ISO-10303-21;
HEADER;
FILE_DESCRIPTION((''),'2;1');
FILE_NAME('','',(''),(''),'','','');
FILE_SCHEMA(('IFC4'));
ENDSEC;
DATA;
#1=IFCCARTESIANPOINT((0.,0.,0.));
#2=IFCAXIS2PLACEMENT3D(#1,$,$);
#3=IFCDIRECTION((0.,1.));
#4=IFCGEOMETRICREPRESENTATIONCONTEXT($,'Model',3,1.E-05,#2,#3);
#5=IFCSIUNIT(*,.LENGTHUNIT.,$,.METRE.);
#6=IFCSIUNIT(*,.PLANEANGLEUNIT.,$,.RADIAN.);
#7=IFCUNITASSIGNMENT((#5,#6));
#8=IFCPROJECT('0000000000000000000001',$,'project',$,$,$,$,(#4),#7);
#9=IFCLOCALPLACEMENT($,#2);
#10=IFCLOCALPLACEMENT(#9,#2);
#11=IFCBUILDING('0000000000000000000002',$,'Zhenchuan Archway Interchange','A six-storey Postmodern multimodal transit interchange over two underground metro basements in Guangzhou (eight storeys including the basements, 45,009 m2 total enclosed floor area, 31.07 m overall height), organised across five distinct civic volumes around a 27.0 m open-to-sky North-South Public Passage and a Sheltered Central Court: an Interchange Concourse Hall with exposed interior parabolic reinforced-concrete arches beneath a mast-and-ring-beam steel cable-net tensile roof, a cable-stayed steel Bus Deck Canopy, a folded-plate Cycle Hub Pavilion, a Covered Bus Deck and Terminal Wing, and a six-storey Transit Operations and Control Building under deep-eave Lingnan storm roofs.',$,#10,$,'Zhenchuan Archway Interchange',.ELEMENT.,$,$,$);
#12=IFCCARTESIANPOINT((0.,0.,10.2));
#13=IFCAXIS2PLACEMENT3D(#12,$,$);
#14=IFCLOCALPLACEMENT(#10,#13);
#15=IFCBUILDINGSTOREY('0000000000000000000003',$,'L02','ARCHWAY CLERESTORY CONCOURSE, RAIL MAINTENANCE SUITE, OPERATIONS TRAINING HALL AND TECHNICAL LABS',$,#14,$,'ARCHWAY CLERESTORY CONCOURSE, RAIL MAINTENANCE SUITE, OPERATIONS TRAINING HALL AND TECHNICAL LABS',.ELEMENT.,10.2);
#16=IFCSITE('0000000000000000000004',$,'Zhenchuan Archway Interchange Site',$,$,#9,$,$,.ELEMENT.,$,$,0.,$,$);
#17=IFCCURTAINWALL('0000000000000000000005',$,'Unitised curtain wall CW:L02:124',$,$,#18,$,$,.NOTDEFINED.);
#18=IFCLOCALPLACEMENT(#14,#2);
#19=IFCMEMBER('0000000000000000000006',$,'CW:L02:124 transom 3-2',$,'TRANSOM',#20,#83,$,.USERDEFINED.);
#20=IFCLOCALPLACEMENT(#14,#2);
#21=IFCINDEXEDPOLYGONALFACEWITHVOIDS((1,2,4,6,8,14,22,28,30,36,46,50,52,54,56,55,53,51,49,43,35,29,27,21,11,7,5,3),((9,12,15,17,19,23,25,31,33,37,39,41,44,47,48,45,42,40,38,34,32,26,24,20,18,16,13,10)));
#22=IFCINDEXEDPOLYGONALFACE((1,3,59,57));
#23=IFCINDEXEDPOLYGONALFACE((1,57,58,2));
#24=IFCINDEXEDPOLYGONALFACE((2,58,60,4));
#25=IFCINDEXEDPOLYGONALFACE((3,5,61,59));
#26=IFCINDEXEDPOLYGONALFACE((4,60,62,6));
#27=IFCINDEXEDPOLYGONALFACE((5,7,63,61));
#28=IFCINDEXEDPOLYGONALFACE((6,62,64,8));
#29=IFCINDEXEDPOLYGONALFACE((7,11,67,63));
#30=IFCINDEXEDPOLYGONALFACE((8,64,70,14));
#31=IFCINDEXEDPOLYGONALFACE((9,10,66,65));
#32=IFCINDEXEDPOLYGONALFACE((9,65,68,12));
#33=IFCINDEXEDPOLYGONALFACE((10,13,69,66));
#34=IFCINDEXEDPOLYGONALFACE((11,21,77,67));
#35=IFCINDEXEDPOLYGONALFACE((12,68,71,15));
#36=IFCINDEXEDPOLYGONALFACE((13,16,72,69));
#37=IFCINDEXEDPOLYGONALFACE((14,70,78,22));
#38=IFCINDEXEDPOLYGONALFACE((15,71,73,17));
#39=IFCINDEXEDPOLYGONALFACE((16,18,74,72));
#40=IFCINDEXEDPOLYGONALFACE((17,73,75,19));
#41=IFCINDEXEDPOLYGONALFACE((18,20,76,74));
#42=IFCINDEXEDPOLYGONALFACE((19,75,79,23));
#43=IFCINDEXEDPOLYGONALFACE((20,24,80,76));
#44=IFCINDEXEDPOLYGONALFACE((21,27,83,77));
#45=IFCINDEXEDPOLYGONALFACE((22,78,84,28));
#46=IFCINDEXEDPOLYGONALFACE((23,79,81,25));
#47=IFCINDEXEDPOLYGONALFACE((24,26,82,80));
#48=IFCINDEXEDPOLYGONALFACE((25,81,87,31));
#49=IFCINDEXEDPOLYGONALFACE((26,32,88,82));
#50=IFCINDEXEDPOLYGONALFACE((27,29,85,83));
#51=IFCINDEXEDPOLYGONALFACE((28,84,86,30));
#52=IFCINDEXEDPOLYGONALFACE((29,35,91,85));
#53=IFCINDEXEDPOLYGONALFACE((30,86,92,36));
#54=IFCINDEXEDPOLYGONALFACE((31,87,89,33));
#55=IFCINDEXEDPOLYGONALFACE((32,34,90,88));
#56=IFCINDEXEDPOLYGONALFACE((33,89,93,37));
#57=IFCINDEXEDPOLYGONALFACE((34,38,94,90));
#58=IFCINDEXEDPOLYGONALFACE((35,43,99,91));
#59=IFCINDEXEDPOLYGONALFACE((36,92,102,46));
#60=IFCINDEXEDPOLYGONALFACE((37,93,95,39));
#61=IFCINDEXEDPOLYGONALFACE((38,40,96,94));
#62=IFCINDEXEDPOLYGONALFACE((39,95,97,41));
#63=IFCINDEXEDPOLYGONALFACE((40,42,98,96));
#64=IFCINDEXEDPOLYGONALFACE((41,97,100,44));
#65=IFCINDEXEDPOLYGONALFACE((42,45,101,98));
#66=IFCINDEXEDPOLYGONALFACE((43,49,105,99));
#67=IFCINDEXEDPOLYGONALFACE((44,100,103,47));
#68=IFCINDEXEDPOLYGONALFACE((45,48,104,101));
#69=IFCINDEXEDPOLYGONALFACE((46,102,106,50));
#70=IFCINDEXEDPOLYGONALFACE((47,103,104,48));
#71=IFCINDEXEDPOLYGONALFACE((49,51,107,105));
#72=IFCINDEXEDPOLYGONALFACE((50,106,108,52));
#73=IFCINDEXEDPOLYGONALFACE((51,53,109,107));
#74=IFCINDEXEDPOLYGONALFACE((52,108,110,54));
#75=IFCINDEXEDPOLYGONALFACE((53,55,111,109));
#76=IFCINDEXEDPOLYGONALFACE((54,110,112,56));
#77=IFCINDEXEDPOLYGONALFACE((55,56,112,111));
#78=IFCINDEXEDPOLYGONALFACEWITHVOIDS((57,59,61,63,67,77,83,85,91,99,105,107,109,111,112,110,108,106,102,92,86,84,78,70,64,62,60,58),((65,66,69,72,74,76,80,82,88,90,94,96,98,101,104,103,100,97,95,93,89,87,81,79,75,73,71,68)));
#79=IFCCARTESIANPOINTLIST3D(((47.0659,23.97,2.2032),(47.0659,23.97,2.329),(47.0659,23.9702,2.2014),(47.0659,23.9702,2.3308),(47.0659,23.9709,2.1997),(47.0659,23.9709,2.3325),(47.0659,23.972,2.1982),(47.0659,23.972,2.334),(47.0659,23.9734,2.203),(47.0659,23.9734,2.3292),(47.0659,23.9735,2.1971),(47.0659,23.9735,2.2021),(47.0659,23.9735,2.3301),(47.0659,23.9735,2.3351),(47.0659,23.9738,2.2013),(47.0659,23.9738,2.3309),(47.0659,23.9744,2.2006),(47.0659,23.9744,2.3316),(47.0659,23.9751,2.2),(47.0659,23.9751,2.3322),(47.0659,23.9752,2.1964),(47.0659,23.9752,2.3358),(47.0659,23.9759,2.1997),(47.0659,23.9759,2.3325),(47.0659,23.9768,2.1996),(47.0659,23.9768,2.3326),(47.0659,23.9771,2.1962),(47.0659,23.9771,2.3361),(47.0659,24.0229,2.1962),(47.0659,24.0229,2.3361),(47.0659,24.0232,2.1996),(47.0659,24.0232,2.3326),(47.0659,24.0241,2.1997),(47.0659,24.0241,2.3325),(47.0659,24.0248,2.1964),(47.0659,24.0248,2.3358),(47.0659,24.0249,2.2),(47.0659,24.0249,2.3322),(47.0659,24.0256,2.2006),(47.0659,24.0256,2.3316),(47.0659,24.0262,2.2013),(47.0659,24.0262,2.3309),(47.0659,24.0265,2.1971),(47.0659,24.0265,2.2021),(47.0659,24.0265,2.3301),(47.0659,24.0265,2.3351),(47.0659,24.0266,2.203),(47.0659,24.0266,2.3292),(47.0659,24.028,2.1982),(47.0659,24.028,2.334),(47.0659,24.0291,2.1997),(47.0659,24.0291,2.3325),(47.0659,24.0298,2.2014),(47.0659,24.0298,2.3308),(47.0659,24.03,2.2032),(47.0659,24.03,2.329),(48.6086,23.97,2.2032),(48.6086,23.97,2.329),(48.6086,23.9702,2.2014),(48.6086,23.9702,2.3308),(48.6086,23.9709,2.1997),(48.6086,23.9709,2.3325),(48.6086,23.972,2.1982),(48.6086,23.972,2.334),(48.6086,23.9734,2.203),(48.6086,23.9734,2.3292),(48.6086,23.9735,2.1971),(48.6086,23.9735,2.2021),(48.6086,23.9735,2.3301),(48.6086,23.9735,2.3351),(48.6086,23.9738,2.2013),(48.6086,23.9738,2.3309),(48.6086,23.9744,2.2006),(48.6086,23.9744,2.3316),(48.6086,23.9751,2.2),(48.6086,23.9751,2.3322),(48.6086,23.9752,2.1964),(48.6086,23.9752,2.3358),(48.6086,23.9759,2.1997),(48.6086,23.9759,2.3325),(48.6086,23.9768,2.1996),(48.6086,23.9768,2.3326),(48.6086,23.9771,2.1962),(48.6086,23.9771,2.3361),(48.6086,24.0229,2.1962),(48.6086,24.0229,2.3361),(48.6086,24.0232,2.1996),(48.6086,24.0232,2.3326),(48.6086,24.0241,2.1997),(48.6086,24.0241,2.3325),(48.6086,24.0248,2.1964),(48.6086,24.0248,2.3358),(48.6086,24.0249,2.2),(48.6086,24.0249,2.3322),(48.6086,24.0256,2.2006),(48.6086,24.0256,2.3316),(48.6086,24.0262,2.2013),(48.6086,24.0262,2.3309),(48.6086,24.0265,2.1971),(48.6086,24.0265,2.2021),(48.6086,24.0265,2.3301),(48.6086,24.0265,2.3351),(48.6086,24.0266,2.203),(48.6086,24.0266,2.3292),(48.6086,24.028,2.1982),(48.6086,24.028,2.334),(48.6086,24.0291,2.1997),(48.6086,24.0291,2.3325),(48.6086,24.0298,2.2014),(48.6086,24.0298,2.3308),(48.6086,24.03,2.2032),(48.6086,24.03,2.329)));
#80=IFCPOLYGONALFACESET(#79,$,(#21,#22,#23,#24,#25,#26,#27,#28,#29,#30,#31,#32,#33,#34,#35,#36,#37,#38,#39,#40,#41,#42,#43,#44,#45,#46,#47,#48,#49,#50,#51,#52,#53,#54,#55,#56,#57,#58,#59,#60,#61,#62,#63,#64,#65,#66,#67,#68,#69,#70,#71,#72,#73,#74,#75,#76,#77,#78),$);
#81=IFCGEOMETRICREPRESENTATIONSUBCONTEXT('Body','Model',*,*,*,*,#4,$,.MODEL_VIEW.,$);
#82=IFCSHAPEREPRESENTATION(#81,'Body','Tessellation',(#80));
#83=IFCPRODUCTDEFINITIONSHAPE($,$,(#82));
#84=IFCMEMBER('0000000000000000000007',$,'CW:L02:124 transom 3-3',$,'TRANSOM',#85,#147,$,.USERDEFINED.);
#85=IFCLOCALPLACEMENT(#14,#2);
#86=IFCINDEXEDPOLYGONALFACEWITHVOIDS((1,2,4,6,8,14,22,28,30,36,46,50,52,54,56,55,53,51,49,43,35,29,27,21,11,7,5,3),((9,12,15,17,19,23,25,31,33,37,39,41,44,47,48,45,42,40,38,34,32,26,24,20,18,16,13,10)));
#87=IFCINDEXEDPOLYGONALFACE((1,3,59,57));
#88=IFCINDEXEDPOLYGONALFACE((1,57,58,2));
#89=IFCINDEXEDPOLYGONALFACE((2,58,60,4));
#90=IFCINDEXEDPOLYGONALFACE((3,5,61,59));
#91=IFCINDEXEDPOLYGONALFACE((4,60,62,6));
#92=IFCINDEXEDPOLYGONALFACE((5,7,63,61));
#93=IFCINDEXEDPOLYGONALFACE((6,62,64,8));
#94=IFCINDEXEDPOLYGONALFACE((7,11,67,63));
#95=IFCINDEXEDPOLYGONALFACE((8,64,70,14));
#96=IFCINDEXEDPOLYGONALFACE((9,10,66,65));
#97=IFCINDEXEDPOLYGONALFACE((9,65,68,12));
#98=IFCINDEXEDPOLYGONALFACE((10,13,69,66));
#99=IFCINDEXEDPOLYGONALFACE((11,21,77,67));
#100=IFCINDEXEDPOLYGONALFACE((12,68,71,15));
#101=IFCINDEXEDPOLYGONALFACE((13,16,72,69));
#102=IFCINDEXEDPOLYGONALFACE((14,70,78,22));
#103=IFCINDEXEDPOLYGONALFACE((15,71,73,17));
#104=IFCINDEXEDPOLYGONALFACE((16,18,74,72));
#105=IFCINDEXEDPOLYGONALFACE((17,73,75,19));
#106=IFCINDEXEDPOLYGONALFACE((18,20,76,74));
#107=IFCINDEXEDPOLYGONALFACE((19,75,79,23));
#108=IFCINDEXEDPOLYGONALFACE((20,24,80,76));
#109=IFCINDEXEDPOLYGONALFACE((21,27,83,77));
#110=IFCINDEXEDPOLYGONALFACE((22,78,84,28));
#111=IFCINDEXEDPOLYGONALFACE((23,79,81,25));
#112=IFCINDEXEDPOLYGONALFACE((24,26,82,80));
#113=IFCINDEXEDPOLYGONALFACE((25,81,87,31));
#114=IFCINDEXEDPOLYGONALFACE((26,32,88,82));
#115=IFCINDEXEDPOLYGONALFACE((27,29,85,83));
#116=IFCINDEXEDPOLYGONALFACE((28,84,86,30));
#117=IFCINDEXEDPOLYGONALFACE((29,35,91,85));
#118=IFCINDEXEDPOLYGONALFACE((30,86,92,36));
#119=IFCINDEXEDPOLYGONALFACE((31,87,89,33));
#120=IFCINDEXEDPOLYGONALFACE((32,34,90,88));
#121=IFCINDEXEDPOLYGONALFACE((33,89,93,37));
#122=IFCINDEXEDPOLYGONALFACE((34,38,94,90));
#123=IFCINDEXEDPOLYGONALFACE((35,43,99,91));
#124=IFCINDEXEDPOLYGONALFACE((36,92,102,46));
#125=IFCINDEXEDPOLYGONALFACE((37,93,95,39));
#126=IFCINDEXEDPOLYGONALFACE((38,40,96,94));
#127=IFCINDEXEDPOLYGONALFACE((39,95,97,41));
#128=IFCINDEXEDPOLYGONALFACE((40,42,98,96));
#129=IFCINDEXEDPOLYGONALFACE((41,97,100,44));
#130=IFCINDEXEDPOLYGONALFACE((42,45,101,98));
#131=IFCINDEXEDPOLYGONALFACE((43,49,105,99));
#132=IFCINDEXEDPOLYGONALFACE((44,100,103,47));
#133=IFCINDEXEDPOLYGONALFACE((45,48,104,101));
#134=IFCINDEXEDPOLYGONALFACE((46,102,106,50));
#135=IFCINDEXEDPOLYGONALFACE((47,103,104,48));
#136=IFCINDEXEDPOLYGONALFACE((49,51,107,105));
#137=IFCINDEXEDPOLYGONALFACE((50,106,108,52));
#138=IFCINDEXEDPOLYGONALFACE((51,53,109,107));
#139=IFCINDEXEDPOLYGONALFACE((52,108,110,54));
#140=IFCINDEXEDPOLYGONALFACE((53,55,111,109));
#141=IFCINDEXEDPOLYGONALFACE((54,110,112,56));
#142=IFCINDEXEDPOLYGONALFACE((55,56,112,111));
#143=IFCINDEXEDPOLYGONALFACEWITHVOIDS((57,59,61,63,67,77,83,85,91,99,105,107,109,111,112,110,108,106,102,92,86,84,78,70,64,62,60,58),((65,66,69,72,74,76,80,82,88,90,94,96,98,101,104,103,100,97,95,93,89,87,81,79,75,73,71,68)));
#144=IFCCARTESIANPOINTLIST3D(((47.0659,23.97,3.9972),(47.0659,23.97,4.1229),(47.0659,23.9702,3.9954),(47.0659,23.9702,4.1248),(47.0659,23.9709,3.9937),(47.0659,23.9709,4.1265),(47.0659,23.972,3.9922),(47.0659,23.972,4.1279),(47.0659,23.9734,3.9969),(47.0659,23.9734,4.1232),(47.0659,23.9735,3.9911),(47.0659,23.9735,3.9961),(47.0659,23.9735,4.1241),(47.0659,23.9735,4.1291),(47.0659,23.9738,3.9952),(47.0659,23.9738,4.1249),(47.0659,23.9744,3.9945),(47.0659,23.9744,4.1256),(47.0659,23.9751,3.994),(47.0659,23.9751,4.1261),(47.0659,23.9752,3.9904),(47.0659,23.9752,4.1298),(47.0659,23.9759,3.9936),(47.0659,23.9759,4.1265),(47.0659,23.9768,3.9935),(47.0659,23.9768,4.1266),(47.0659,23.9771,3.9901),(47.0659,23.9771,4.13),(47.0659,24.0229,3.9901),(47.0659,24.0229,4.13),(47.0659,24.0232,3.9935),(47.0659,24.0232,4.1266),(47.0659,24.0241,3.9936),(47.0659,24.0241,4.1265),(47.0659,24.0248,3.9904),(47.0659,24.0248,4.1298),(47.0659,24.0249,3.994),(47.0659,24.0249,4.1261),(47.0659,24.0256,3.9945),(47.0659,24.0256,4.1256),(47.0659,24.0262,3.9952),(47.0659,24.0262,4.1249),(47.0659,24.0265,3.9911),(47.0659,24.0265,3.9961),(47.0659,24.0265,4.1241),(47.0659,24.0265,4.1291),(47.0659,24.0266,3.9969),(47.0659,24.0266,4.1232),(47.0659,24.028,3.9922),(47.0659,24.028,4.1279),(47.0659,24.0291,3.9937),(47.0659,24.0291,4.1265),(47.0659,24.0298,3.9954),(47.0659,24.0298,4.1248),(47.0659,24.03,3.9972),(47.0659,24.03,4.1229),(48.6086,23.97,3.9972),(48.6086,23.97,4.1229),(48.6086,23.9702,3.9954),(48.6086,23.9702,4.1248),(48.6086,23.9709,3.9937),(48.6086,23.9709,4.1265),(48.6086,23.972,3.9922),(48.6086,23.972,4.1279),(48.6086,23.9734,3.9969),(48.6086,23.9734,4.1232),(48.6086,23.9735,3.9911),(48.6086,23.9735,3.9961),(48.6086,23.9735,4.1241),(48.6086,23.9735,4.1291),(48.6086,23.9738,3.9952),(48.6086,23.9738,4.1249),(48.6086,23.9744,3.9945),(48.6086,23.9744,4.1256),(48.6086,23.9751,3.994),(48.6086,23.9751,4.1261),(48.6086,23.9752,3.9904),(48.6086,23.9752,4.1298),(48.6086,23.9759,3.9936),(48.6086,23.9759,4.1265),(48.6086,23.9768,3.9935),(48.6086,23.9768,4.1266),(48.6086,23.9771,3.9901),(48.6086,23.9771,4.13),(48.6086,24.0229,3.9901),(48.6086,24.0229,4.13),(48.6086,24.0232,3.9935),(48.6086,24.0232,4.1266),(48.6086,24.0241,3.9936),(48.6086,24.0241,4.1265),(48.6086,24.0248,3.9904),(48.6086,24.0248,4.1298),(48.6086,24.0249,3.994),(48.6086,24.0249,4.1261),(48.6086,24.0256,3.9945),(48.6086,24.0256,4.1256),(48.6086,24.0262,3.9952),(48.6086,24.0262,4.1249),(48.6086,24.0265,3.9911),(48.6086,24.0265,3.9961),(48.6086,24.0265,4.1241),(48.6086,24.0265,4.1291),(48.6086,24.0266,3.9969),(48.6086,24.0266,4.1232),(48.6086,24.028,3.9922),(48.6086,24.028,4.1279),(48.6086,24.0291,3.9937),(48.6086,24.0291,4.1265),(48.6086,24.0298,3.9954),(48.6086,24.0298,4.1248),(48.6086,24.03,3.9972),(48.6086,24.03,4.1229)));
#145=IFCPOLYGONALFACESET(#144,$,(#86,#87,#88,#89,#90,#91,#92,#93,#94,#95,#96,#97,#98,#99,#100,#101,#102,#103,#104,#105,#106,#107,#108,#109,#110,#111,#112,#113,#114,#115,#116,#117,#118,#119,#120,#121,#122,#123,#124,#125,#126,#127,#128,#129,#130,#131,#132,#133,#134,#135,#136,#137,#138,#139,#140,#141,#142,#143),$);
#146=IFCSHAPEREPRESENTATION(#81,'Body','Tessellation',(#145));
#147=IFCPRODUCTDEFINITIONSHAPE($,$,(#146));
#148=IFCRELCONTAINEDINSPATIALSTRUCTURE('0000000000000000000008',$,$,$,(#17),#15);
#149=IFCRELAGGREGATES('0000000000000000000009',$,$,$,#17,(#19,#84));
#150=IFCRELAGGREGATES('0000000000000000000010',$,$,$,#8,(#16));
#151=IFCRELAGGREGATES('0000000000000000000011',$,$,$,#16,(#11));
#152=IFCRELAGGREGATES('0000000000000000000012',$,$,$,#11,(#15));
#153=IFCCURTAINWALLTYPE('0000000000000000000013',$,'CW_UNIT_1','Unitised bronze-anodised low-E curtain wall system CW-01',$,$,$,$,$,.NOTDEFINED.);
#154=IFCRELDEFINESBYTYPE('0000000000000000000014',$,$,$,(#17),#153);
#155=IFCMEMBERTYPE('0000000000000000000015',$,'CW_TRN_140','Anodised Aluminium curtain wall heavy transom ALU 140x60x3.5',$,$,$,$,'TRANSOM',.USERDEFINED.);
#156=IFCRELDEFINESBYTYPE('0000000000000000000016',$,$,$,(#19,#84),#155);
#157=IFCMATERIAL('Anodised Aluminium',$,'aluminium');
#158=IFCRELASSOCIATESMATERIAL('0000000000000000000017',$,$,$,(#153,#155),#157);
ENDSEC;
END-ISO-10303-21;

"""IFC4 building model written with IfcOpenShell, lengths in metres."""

from ifc_helpers import new_model, si_unit, direction, frame, origin, origin_2d, place, context, subcontext, project, spatial, hollow_rectangle, extrude, material, material_profile, profile_set, type_object, element, aggregate, save


model = new_model("IFC4")

# Units and contexts
model_context = context("Model", 3, precision=1e-05, world=origin(), true_north=direction((0.0, 1.0)))
body_context = subcontext(model_context, "Body", "Model", "MODEL_VIEW")
ifc_project = project(units=[si_unit("LENGTHUNIT", "METRE"), si_unit("PLANEANGLEUNIT", "RADIAN")], contexts=[model_context])

# Site, building, storey
site_placement = place(None, origin())
site = spatial("IfcSite", under=ifc_project, at=site_placement, Name="Zhenchuan Archway Interchange Site", CompositionType="ELEMENT", RefElevation=0.0)
building_placement = place(site_placement, origin())
building = spatial("IfcBuilding", under=site, at=building_placement, Name="Zhenchuan Archway Interchange", Description="A six-storey Postmodern multimodal transit interchange over two underground metro basements in Guangzhou (eight storeys including the basements, 45,009 m2 total enclosed floor area, 31.07 m overall height), organised across five distinct civic volumes around a 27.0 m open-to-sky North-South Public Passage and a Sheltered Central Court: an Interchange Concourse Hall with exposed interior parabolic reinforced-concrete arches beneath a mast-and-ring-beam steel cable-net tensile roof, a cable-stayed steel Bus Deck Canopy, a folded-plate Cycle Hub Pavilion, a Covered Bus Deck and Terminal Wing, and a six-storey Transit Operations and Control Building under deep-eave Lingnan storm roofs.", LongName="Zhenchuan Archway Interchange", CompositionType="ELEMENT")
storey_placement = place(building_placement, frame((0.0, 0.0, 10.2)))
storey = spatial("IfcBuildingStorey", under=building, at=storey_placement, Name="L02", Description="ARCHWAY CLERESTORY CONCOURSE, RAIL MAINTENANCE SUITE, OPERATIONS TRAINING HALL AND TECHNICAL LABS", LongName="ARCHWAY CLERESTORY CONCOURSE, RAIL MAINTENANCE SUITE, OPERATIONS TRAINING HALL AND TECHNICAL LABS", CompositionType="ELEMENT", Elevation=10.2)

# Curtain wall, members
ifc_material_1 = material(Name="Anodised Aluminium", Category="aluminium")
curtain_wall_type = type_object("IfcCurtainWallType", Name="CW_UNIT_1", Description="Unitised bronze-anodised low-E curtain wall system CW-01", PredefinedType="NOTDEFINED", material=ifc_material_1)
curtain_wall_placement = place(storey_placement, origin())
curtain_wall = element("IfcCurtainWall", 1, at=curtain_wall_placement, inside=storey, type_object=curtain_wall_type, Name="Unitised curtain wall CW:L02:124", PredefinedType="NOTDEFINED")
ifc_material_profile_1 = material_profile(ifc_material_1, hollow_rectangle(XDim=0.0601, YDim=0.1399, WallThickness=0.0034, InnerFilletRadius=0.0034, OuterFilletRadius=0.0071, at=origin_2d()), Name="ALU 140x60x3.5")
ifc_profile_set_1 = profile_set([ifc_material_profile_1], Name="Anodised Aluminium")
member_type_1 = type_object("IfcMemberType", Name="CW_TRN_140", Description="Anodised Aluminium curtain wall heavy transom ALU 140x60x3.5", ElementType="TRANSOM", PredefinedType="USERDEFINED", material=ifc_profile_set_1)
member_1_placement = place(storey_placement, frame((48.6086, 24.0, 2.2661), z_axis=(-1.0, 0.0, 0.0), x_axis=(0.0, -1.0, 0.0)))
member_1 = element("IfcMember", 2, at=member_1_placement, type_object=member_type_1, Name="CW:L02:124 transom 3-2", ObjectType="TRANSOM", PredefinedType="USERDEFINED", context=body_context, shape_type="SweptSolid", body=[
    extrude(hollow_rectangle(XDim=0.0601, YDim=0.1399, WallThickness=0.0034, InnerFilletRadius=0.0034, OuterFilletRadius=0.0071, at=origin_2d()), origin(), (0.0, 0.0, 1.0), 1.5427),
])
member_2_placement = place(storey_placement, frame((48.6086, 24.0, 4.0601), z_axis=(-1.0, 0.0, 0.0), x_axis=(0.0, -1.0, 0.0)))
member_2 = element("IfcMember", 3, at=member_2_placement, type_object=member_type_1, Name="CW:L02:124 transom 3-3", ObjectType="TRANSOM", PredefinedType="USERDEFINED", context=body_context, shape_type="SweptSolid", body=[
    extrude(hollow_rectangle(XDim=0.0601, YDim=0.1399, WallThickness=0.0034, InnerFilletRadius=0.0034, OuterFilletRadius=0.0071, at=origin_2d()), origin(), (0.0, 0.0, 1.0), 1.5427),
])

aggregate(curtain_wall, [member_1, member_2])

save(model, "model.ifc")
